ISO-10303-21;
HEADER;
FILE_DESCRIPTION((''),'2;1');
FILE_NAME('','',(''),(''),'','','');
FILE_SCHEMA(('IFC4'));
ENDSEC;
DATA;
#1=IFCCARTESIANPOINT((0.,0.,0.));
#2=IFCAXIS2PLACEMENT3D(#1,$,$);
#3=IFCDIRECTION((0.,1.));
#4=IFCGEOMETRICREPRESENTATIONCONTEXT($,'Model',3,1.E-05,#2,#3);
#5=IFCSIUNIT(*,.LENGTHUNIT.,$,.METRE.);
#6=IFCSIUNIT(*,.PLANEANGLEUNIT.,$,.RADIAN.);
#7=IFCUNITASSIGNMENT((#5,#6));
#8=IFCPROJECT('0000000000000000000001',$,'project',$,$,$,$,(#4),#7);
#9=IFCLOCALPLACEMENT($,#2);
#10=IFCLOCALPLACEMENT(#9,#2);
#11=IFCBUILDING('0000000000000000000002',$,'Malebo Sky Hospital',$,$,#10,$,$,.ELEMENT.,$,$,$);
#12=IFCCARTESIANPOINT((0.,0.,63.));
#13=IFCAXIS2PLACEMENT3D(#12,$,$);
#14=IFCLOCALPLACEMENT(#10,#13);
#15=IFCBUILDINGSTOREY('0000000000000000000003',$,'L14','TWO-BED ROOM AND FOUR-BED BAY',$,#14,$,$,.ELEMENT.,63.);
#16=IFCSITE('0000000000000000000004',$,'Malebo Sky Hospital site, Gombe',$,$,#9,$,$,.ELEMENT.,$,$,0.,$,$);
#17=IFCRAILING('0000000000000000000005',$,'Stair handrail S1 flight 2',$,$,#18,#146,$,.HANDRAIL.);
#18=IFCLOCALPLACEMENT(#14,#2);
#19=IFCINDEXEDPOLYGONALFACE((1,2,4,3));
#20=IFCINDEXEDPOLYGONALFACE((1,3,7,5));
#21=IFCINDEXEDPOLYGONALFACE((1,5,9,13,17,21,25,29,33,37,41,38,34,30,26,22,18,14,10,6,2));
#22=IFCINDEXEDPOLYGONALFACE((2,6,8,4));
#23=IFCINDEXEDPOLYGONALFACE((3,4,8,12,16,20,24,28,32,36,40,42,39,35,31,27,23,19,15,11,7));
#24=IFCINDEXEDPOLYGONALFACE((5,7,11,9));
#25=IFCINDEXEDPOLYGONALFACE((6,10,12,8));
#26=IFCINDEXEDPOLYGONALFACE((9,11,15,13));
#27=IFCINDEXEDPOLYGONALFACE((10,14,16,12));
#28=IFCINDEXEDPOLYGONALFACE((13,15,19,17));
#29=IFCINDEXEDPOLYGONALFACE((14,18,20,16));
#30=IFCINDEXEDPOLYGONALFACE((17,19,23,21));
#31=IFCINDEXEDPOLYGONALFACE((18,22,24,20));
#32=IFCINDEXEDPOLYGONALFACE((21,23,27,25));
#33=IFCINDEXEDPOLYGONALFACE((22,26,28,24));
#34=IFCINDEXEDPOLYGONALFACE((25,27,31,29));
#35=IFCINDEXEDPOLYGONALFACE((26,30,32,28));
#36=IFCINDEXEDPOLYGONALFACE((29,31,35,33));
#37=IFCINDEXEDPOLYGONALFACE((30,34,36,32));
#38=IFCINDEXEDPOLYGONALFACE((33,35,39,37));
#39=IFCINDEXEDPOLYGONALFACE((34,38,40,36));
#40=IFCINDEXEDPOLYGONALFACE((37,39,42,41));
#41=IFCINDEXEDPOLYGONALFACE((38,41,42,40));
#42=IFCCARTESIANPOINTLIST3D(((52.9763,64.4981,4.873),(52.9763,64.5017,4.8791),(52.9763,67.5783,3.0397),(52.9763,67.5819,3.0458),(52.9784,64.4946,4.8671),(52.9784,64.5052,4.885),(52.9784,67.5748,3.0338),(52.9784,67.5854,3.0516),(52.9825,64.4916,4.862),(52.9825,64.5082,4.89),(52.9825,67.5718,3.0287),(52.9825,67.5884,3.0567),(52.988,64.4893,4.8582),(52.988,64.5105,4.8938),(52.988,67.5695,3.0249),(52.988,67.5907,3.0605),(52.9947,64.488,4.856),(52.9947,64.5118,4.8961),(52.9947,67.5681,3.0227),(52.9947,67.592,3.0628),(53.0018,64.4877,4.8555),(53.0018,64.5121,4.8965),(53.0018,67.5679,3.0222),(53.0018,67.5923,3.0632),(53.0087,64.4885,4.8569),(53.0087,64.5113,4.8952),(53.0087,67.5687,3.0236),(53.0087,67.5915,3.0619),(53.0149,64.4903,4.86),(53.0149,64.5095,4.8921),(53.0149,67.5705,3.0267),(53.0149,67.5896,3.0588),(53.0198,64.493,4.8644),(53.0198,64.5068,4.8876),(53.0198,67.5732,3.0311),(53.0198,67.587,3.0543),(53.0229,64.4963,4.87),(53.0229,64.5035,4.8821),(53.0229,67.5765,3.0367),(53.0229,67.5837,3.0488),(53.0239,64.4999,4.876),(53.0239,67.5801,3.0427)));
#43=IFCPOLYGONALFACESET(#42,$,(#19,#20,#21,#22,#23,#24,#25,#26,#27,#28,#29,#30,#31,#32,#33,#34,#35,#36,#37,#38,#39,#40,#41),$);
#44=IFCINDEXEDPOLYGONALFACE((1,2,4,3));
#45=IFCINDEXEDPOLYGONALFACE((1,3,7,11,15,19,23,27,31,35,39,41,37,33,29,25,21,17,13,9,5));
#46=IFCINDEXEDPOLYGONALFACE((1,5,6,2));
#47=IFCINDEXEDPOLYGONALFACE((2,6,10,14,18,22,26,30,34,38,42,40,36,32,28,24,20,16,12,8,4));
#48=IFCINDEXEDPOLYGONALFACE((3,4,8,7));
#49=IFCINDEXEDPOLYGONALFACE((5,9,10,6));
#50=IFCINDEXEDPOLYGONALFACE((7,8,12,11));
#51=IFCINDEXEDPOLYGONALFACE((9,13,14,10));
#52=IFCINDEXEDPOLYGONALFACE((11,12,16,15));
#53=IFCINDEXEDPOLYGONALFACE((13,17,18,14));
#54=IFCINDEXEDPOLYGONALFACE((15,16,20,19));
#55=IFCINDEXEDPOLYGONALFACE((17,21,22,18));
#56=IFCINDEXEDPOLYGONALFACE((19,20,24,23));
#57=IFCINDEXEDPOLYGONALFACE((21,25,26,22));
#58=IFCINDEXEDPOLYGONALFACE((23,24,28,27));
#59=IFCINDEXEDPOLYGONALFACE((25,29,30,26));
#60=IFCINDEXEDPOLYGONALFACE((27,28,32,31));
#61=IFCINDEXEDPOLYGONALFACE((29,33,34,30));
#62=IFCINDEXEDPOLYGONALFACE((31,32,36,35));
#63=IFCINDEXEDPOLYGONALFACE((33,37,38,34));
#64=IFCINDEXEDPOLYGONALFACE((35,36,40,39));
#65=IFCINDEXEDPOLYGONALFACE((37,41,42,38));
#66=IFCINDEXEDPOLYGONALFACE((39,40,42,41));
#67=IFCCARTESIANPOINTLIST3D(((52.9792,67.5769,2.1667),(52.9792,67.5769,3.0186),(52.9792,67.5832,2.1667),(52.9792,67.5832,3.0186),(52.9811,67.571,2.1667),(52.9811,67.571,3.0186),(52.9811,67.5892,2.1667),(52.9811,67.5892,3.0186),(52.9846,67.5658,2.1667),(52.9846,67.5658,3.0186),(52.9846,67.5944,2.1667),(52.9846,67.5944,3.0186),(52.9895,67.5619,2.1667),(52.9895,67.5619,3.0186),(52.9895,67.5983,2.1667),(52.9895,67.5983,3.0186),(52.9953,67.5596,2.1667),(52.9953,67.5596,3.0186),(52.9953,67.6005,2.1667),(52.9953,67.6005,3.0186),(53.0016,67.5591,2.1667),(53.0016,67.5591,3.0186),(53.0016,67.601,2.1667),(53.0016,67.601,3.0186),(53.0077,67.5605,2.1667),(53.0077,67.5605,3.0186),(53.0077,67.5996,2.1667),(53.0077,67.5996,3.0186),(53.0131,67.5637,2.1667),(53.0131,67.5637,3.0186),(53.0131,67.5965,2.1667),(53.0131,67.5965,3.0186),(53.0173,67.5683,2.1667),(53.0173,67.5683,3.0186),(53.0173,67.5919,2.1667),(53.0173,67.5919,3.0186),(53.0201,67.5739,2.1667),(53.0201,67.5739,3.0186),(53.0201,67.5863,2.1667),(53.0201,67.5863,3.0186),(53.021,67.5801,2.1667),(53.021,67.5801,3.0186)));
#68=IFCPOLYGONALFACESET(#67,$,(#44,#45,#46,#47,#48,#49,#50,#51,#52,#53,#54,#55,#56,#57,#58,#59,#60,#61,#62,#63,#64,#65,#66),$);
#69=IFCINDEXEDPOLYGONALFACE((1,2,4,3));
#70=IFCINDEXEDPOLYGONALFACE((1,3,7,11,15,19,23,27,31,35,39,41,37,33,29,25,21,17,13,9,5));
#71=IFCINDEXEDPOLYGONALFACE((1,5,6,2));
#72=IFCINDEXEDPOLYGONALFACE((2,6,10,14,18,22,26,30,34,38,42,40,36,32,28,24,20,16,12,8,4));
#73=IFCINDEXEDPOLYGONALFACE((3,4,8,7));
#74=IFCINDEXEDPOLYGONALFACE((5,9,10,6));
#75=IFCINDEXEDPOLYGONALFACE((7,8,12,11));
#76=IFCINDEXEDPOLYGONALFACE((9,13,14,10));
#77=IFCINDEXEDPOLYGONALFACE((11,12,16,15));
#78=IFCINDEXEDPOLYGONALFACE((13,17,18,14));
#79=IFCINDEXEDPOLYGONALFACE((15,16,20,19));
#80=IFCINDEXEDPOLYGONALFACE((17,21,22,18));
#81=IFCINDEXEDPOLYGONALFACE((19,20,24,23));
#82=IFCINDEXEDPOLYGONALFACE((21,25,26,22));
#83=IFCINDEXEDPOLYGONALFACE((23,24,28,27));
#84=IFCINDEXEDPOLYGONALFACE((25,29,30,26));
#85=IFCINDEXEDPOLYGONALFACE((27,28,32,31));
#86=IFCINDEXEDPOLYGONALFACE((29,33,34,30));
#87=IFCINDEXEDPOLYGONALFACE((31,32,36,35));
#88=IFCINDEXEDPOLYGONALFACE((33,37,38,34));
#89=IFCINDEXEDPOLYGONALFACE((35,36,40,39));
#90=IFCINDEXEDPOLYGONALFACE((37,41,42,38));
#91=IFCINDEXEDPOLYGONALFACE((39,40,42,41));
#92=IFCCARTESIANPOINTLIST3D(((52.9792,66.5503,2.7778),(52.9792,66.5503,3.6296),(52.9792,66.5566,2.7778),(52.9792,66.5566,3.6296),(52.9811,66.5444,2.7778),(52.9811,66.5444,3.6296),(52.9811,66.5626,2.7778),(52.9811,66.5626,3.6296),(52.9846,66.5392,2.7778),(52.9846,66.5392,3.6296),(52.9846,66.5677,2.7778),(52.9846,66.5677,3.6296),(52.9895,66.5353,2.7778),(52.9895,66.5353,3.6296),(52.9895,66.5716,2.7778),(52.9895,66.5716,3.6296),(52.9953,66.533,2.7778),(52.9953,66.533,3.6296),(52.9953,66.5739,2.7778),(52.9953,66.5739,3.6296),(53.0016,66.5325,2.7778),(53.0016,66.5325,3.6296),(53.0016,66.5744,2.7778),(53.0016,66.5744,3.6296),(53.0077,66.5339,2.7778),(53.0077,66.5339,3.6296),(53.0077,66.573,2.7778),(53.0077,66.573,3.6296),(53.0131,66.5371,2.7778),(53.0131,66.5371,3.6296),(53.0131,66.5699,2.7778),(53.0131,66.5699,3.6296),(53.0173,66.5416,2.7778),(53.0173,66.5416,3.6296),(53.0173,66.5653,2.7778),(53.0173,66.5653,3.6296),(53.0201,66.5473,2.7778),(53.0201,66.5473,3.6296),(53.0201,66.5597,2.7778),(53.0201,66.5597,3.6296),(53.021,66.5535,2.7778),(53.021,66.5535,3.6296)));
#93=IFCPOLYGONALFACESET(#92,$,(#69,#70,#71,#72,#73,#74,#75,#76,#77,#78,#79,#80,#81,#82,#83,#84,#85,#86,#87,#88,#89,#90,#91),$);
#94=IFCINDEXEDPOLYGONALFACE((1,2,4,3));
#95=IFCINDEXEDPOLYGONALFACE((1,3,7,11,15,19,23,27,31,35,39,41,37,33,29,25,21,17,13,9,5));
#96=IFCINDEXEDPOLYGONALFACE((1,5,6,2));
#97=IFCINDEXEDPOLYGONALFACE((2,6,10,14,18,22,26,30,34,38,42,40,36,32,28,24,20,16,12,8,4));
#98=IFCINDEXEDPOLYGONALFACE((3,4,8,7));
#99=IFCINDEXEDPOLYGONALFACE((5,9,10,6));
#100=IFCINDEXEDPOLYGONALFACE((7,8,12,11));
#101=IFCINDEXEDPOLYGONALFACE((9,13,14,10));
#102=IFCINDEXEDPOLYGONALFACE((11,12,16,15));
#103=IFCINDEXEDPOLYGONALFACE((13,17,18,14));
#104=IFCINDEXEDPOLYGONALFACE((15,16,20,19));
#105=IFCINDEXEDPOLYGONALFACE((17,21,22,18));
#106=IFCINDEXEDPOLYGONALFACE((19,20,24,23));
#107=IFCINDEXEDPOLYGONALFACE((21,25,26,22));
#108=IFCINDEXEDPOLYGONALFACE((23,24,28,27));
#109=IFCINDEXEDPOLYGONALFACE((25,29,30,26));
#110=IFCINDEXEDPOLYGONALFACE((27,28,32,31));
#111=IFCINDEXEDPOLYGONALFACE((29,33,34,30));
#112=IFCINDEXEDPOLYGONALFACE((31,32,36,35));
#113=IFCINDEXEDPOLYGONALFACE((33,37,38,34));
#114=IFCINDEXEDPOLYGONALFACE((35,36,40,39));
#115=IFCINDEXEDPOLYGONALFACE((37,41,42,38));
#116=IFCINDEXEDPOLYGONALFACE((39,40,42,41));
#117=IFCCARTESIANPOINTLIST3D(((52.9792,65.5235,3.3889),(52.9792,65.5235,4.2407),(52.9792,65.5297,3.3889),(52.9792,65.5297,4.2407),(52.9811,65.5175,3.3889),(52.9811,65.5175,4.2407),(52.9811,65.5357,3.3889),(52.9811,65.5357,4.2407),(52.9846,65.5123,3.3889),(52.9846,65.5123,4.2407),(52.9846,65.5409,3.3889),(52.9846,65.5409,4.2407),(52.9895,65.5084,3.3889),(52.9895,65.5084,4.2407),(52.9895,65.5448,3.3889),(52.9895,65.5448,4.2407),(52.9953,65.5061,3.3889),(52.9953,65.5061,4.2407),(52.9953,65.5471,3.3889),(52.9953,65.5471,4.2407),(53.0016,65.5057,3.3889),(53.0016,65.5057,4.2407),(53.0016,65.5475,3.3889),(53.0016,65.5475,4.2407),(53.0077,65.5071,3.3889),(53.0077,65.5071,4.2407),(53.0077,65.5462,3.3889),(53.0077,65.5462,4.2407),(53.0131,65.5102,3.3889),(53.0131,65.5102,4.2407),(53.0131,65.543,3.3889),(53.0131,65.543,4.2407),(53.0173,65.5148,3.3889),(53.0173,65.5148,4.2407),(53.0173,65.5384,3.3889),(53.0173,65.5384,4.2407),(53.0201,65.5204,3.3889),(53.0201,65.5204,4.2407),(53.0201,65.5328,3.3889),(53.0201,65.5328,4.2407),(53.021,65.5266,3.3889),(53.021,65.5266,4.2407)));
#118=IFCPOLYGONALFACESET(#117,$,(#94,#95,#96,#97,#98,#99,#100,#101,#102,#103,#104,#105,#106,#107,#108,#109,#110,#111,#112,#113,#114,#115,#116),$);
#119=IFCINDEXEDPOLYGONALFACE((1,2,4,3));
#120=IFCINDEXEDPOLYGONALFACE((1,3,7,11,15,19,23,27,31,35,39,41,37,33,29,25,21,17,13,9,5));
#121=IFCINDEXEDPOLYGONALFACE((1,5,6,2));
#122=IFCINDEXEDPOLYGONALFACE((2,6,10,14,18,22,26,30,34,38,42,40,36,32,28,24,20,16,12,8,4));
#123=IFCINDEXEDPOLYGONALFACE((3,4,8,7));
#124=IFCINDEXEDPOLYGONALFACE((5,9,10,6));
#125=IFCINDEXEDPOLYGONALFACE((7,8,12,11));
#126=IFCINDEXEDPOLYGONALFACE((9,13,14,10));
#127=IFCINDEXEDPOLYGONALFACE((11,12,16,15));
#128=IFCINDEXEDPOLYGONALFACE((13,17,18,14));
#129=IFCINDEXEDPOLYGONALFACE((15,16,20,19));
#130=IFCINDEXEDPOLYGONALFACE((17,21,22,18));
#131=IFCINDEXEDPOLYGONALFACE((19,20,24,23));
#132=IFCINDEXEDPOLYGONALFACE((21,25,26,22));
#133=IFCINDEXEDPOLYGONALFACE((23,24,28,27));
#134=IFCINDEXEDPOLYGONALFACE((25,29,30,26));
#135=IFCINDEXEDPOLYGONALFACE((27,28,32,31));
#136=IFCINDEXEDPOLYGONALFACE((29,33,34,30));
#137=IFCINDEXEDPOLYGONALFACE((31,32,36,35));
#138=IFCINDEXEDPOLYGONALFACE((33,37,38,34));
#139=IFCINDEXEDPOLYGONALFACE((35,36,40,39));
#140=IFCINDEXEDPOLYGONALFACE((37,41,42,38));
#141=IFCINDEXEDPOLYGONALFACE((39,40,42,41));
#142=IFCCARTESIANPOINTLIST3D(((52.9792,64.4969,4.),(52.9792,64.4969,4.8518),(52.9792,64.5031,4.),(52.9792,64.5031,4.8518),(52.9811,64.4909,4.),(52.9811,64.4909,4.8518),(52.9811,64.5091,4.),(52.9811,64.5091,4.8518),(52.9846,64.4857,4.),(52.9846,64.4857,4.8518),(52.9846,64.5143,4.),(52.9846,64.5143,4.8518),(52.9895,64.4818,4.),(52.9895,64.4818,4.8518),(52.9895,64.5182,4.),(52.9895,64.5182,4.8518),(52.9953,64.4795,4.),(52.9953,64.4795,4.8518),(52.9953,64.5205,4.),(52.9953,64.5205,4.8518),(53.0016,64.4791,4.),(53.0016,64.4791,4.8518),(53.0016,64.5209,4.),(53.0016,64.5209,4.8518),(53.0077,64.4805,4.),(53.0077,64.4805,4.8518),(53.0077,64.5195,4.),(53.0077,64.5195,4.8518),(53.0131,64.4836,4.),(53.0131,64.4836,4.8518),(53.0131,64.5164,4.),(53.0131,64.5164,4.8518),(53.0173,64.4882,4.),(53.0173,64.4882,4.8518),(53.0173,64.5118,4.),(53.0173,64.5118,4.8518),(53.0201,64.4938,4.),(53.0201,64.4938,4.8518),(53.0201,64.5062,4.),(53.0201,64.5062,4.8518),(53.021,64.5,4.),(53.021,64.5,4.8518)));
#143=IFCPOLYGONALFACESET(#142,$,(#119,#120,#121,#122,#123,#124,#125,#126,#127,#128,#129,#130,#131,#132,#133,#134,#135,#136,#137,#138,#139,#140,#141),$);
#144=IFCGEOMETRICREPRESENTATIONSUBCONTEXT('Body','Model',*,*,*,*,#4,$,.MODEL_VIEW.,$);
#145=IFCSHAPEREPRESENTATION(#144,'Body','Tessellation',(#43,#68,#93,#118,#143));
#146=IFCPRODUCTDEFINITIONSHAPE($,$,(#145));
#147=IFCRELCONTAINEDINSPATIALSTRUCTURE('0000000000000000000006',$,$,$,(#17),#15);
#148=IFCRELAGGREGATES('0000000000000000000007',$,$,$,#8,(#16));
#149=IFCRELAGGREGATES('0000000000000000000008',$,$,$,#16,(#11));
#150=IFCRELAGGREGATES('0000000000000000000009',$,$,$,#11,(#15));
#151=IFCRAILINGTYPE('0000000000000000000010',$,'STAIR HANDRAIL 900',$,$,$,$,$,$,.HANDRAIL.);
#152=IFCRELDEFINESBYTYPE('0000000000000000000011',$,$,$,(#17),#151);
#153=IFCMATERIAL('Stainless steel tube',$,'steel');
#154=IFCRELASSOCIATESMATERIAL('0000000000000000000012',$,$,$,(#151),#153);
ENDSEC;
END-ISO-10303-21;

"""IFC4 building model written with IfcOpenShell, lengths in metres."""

from ifc_helpers import new_model, si_unit, direction, frame, origin, origin_2d, place, context, subcontext, project, spatial, circle, extrude, material, type_object, element, save


model = new_model("IFC4")

# Units and contexts
model_context = context("Model", 3, precision=1e-05, world=origin(), true_north=direction((0.0, 1.0)))
body_context = subcontext(model_context, "Body", "Model", "MODEL_VIEW")
ifc_project = project(units=[si_unit("LENGTHUNIT", "METRE"), si_unit("PLANEANGLEUNIT", "RADIAN")], contexts=[model_context])

# Site, building, storey
site_placement = place(None, origin())
site = spatial("IfcSite", under=ifc_project, at=site_placement, Name="Malebo Sky Hospital site, Gombe", CompositionType="ELEMENT", RefElevation=0.0)
building_placement = place(site_placement, origin())
building = spatial("IfcBuilding", under=site, at=building_placement, Name="Malebo Sky Hospital", CompositionType="ELEMENT")
storey_placement = place(building_placement, frame((0.0, 0.0, 63.0)))
storey = spatial("IfcBuildingStorey", under=building, at=storey_placement, Name="L14", Description="TWO-BED ROOM AND FOUR-BED BAY", CompositionType="ELEMENT", Elevation=63.0)

# Railing
ifc_material_1 = material(Name="Stainless steel tube", Category="steel")
railing_type = type_object("IfcRailingType", Name="STAIR HANDRAIL 900", PredefinedType="HANDRAIL", material=ifc_material_1)
railing_1_placement = place(storey_placement, frame((53.0, 67.5801, 2.1667)))
element("IfcRailing", 1, at=railing_1_placement, inside=storey, type_object=railing_type, Name="Stair handrail S1 flight 2", PredefinedType="HANDRAIL", context=body_context, shape_type="SweptSolid", body=[
    extrude(circle(Radius=0.0239, at=origin_2d()), frame((0.0, 0.0, 0.876), z_axis=(0.0, -0.859309, 0.511458), x_axis=(1.0, 0.0, 0.0)), (0.0, 0.0, 1.0), 3.5845),
    extrude(circle(Radius=0.021, at=origin_2d()), origin(), (0.0, 0.0, 1.0), 0.8518),
    extrude(circle(Radius=0.021, at=origin_2d()), frame((0.0, -1.0266, 0.6111)), (0.0, 0.0, 1.0), 0.8518),
    extrude(circle(Radius=0.021, at=origin_2d()), frame((0.0, -2.0535, 1.2222)), (0.0, 0.0, 1.0), 0.8518),
    extrude(circle(Radius=0.021, at=origin_2d()), frame((0.0, -3.0801, 1.8333)), (0.0, 0.0, 1.0), 0.8518),
])

save(model, "model.ifc")
